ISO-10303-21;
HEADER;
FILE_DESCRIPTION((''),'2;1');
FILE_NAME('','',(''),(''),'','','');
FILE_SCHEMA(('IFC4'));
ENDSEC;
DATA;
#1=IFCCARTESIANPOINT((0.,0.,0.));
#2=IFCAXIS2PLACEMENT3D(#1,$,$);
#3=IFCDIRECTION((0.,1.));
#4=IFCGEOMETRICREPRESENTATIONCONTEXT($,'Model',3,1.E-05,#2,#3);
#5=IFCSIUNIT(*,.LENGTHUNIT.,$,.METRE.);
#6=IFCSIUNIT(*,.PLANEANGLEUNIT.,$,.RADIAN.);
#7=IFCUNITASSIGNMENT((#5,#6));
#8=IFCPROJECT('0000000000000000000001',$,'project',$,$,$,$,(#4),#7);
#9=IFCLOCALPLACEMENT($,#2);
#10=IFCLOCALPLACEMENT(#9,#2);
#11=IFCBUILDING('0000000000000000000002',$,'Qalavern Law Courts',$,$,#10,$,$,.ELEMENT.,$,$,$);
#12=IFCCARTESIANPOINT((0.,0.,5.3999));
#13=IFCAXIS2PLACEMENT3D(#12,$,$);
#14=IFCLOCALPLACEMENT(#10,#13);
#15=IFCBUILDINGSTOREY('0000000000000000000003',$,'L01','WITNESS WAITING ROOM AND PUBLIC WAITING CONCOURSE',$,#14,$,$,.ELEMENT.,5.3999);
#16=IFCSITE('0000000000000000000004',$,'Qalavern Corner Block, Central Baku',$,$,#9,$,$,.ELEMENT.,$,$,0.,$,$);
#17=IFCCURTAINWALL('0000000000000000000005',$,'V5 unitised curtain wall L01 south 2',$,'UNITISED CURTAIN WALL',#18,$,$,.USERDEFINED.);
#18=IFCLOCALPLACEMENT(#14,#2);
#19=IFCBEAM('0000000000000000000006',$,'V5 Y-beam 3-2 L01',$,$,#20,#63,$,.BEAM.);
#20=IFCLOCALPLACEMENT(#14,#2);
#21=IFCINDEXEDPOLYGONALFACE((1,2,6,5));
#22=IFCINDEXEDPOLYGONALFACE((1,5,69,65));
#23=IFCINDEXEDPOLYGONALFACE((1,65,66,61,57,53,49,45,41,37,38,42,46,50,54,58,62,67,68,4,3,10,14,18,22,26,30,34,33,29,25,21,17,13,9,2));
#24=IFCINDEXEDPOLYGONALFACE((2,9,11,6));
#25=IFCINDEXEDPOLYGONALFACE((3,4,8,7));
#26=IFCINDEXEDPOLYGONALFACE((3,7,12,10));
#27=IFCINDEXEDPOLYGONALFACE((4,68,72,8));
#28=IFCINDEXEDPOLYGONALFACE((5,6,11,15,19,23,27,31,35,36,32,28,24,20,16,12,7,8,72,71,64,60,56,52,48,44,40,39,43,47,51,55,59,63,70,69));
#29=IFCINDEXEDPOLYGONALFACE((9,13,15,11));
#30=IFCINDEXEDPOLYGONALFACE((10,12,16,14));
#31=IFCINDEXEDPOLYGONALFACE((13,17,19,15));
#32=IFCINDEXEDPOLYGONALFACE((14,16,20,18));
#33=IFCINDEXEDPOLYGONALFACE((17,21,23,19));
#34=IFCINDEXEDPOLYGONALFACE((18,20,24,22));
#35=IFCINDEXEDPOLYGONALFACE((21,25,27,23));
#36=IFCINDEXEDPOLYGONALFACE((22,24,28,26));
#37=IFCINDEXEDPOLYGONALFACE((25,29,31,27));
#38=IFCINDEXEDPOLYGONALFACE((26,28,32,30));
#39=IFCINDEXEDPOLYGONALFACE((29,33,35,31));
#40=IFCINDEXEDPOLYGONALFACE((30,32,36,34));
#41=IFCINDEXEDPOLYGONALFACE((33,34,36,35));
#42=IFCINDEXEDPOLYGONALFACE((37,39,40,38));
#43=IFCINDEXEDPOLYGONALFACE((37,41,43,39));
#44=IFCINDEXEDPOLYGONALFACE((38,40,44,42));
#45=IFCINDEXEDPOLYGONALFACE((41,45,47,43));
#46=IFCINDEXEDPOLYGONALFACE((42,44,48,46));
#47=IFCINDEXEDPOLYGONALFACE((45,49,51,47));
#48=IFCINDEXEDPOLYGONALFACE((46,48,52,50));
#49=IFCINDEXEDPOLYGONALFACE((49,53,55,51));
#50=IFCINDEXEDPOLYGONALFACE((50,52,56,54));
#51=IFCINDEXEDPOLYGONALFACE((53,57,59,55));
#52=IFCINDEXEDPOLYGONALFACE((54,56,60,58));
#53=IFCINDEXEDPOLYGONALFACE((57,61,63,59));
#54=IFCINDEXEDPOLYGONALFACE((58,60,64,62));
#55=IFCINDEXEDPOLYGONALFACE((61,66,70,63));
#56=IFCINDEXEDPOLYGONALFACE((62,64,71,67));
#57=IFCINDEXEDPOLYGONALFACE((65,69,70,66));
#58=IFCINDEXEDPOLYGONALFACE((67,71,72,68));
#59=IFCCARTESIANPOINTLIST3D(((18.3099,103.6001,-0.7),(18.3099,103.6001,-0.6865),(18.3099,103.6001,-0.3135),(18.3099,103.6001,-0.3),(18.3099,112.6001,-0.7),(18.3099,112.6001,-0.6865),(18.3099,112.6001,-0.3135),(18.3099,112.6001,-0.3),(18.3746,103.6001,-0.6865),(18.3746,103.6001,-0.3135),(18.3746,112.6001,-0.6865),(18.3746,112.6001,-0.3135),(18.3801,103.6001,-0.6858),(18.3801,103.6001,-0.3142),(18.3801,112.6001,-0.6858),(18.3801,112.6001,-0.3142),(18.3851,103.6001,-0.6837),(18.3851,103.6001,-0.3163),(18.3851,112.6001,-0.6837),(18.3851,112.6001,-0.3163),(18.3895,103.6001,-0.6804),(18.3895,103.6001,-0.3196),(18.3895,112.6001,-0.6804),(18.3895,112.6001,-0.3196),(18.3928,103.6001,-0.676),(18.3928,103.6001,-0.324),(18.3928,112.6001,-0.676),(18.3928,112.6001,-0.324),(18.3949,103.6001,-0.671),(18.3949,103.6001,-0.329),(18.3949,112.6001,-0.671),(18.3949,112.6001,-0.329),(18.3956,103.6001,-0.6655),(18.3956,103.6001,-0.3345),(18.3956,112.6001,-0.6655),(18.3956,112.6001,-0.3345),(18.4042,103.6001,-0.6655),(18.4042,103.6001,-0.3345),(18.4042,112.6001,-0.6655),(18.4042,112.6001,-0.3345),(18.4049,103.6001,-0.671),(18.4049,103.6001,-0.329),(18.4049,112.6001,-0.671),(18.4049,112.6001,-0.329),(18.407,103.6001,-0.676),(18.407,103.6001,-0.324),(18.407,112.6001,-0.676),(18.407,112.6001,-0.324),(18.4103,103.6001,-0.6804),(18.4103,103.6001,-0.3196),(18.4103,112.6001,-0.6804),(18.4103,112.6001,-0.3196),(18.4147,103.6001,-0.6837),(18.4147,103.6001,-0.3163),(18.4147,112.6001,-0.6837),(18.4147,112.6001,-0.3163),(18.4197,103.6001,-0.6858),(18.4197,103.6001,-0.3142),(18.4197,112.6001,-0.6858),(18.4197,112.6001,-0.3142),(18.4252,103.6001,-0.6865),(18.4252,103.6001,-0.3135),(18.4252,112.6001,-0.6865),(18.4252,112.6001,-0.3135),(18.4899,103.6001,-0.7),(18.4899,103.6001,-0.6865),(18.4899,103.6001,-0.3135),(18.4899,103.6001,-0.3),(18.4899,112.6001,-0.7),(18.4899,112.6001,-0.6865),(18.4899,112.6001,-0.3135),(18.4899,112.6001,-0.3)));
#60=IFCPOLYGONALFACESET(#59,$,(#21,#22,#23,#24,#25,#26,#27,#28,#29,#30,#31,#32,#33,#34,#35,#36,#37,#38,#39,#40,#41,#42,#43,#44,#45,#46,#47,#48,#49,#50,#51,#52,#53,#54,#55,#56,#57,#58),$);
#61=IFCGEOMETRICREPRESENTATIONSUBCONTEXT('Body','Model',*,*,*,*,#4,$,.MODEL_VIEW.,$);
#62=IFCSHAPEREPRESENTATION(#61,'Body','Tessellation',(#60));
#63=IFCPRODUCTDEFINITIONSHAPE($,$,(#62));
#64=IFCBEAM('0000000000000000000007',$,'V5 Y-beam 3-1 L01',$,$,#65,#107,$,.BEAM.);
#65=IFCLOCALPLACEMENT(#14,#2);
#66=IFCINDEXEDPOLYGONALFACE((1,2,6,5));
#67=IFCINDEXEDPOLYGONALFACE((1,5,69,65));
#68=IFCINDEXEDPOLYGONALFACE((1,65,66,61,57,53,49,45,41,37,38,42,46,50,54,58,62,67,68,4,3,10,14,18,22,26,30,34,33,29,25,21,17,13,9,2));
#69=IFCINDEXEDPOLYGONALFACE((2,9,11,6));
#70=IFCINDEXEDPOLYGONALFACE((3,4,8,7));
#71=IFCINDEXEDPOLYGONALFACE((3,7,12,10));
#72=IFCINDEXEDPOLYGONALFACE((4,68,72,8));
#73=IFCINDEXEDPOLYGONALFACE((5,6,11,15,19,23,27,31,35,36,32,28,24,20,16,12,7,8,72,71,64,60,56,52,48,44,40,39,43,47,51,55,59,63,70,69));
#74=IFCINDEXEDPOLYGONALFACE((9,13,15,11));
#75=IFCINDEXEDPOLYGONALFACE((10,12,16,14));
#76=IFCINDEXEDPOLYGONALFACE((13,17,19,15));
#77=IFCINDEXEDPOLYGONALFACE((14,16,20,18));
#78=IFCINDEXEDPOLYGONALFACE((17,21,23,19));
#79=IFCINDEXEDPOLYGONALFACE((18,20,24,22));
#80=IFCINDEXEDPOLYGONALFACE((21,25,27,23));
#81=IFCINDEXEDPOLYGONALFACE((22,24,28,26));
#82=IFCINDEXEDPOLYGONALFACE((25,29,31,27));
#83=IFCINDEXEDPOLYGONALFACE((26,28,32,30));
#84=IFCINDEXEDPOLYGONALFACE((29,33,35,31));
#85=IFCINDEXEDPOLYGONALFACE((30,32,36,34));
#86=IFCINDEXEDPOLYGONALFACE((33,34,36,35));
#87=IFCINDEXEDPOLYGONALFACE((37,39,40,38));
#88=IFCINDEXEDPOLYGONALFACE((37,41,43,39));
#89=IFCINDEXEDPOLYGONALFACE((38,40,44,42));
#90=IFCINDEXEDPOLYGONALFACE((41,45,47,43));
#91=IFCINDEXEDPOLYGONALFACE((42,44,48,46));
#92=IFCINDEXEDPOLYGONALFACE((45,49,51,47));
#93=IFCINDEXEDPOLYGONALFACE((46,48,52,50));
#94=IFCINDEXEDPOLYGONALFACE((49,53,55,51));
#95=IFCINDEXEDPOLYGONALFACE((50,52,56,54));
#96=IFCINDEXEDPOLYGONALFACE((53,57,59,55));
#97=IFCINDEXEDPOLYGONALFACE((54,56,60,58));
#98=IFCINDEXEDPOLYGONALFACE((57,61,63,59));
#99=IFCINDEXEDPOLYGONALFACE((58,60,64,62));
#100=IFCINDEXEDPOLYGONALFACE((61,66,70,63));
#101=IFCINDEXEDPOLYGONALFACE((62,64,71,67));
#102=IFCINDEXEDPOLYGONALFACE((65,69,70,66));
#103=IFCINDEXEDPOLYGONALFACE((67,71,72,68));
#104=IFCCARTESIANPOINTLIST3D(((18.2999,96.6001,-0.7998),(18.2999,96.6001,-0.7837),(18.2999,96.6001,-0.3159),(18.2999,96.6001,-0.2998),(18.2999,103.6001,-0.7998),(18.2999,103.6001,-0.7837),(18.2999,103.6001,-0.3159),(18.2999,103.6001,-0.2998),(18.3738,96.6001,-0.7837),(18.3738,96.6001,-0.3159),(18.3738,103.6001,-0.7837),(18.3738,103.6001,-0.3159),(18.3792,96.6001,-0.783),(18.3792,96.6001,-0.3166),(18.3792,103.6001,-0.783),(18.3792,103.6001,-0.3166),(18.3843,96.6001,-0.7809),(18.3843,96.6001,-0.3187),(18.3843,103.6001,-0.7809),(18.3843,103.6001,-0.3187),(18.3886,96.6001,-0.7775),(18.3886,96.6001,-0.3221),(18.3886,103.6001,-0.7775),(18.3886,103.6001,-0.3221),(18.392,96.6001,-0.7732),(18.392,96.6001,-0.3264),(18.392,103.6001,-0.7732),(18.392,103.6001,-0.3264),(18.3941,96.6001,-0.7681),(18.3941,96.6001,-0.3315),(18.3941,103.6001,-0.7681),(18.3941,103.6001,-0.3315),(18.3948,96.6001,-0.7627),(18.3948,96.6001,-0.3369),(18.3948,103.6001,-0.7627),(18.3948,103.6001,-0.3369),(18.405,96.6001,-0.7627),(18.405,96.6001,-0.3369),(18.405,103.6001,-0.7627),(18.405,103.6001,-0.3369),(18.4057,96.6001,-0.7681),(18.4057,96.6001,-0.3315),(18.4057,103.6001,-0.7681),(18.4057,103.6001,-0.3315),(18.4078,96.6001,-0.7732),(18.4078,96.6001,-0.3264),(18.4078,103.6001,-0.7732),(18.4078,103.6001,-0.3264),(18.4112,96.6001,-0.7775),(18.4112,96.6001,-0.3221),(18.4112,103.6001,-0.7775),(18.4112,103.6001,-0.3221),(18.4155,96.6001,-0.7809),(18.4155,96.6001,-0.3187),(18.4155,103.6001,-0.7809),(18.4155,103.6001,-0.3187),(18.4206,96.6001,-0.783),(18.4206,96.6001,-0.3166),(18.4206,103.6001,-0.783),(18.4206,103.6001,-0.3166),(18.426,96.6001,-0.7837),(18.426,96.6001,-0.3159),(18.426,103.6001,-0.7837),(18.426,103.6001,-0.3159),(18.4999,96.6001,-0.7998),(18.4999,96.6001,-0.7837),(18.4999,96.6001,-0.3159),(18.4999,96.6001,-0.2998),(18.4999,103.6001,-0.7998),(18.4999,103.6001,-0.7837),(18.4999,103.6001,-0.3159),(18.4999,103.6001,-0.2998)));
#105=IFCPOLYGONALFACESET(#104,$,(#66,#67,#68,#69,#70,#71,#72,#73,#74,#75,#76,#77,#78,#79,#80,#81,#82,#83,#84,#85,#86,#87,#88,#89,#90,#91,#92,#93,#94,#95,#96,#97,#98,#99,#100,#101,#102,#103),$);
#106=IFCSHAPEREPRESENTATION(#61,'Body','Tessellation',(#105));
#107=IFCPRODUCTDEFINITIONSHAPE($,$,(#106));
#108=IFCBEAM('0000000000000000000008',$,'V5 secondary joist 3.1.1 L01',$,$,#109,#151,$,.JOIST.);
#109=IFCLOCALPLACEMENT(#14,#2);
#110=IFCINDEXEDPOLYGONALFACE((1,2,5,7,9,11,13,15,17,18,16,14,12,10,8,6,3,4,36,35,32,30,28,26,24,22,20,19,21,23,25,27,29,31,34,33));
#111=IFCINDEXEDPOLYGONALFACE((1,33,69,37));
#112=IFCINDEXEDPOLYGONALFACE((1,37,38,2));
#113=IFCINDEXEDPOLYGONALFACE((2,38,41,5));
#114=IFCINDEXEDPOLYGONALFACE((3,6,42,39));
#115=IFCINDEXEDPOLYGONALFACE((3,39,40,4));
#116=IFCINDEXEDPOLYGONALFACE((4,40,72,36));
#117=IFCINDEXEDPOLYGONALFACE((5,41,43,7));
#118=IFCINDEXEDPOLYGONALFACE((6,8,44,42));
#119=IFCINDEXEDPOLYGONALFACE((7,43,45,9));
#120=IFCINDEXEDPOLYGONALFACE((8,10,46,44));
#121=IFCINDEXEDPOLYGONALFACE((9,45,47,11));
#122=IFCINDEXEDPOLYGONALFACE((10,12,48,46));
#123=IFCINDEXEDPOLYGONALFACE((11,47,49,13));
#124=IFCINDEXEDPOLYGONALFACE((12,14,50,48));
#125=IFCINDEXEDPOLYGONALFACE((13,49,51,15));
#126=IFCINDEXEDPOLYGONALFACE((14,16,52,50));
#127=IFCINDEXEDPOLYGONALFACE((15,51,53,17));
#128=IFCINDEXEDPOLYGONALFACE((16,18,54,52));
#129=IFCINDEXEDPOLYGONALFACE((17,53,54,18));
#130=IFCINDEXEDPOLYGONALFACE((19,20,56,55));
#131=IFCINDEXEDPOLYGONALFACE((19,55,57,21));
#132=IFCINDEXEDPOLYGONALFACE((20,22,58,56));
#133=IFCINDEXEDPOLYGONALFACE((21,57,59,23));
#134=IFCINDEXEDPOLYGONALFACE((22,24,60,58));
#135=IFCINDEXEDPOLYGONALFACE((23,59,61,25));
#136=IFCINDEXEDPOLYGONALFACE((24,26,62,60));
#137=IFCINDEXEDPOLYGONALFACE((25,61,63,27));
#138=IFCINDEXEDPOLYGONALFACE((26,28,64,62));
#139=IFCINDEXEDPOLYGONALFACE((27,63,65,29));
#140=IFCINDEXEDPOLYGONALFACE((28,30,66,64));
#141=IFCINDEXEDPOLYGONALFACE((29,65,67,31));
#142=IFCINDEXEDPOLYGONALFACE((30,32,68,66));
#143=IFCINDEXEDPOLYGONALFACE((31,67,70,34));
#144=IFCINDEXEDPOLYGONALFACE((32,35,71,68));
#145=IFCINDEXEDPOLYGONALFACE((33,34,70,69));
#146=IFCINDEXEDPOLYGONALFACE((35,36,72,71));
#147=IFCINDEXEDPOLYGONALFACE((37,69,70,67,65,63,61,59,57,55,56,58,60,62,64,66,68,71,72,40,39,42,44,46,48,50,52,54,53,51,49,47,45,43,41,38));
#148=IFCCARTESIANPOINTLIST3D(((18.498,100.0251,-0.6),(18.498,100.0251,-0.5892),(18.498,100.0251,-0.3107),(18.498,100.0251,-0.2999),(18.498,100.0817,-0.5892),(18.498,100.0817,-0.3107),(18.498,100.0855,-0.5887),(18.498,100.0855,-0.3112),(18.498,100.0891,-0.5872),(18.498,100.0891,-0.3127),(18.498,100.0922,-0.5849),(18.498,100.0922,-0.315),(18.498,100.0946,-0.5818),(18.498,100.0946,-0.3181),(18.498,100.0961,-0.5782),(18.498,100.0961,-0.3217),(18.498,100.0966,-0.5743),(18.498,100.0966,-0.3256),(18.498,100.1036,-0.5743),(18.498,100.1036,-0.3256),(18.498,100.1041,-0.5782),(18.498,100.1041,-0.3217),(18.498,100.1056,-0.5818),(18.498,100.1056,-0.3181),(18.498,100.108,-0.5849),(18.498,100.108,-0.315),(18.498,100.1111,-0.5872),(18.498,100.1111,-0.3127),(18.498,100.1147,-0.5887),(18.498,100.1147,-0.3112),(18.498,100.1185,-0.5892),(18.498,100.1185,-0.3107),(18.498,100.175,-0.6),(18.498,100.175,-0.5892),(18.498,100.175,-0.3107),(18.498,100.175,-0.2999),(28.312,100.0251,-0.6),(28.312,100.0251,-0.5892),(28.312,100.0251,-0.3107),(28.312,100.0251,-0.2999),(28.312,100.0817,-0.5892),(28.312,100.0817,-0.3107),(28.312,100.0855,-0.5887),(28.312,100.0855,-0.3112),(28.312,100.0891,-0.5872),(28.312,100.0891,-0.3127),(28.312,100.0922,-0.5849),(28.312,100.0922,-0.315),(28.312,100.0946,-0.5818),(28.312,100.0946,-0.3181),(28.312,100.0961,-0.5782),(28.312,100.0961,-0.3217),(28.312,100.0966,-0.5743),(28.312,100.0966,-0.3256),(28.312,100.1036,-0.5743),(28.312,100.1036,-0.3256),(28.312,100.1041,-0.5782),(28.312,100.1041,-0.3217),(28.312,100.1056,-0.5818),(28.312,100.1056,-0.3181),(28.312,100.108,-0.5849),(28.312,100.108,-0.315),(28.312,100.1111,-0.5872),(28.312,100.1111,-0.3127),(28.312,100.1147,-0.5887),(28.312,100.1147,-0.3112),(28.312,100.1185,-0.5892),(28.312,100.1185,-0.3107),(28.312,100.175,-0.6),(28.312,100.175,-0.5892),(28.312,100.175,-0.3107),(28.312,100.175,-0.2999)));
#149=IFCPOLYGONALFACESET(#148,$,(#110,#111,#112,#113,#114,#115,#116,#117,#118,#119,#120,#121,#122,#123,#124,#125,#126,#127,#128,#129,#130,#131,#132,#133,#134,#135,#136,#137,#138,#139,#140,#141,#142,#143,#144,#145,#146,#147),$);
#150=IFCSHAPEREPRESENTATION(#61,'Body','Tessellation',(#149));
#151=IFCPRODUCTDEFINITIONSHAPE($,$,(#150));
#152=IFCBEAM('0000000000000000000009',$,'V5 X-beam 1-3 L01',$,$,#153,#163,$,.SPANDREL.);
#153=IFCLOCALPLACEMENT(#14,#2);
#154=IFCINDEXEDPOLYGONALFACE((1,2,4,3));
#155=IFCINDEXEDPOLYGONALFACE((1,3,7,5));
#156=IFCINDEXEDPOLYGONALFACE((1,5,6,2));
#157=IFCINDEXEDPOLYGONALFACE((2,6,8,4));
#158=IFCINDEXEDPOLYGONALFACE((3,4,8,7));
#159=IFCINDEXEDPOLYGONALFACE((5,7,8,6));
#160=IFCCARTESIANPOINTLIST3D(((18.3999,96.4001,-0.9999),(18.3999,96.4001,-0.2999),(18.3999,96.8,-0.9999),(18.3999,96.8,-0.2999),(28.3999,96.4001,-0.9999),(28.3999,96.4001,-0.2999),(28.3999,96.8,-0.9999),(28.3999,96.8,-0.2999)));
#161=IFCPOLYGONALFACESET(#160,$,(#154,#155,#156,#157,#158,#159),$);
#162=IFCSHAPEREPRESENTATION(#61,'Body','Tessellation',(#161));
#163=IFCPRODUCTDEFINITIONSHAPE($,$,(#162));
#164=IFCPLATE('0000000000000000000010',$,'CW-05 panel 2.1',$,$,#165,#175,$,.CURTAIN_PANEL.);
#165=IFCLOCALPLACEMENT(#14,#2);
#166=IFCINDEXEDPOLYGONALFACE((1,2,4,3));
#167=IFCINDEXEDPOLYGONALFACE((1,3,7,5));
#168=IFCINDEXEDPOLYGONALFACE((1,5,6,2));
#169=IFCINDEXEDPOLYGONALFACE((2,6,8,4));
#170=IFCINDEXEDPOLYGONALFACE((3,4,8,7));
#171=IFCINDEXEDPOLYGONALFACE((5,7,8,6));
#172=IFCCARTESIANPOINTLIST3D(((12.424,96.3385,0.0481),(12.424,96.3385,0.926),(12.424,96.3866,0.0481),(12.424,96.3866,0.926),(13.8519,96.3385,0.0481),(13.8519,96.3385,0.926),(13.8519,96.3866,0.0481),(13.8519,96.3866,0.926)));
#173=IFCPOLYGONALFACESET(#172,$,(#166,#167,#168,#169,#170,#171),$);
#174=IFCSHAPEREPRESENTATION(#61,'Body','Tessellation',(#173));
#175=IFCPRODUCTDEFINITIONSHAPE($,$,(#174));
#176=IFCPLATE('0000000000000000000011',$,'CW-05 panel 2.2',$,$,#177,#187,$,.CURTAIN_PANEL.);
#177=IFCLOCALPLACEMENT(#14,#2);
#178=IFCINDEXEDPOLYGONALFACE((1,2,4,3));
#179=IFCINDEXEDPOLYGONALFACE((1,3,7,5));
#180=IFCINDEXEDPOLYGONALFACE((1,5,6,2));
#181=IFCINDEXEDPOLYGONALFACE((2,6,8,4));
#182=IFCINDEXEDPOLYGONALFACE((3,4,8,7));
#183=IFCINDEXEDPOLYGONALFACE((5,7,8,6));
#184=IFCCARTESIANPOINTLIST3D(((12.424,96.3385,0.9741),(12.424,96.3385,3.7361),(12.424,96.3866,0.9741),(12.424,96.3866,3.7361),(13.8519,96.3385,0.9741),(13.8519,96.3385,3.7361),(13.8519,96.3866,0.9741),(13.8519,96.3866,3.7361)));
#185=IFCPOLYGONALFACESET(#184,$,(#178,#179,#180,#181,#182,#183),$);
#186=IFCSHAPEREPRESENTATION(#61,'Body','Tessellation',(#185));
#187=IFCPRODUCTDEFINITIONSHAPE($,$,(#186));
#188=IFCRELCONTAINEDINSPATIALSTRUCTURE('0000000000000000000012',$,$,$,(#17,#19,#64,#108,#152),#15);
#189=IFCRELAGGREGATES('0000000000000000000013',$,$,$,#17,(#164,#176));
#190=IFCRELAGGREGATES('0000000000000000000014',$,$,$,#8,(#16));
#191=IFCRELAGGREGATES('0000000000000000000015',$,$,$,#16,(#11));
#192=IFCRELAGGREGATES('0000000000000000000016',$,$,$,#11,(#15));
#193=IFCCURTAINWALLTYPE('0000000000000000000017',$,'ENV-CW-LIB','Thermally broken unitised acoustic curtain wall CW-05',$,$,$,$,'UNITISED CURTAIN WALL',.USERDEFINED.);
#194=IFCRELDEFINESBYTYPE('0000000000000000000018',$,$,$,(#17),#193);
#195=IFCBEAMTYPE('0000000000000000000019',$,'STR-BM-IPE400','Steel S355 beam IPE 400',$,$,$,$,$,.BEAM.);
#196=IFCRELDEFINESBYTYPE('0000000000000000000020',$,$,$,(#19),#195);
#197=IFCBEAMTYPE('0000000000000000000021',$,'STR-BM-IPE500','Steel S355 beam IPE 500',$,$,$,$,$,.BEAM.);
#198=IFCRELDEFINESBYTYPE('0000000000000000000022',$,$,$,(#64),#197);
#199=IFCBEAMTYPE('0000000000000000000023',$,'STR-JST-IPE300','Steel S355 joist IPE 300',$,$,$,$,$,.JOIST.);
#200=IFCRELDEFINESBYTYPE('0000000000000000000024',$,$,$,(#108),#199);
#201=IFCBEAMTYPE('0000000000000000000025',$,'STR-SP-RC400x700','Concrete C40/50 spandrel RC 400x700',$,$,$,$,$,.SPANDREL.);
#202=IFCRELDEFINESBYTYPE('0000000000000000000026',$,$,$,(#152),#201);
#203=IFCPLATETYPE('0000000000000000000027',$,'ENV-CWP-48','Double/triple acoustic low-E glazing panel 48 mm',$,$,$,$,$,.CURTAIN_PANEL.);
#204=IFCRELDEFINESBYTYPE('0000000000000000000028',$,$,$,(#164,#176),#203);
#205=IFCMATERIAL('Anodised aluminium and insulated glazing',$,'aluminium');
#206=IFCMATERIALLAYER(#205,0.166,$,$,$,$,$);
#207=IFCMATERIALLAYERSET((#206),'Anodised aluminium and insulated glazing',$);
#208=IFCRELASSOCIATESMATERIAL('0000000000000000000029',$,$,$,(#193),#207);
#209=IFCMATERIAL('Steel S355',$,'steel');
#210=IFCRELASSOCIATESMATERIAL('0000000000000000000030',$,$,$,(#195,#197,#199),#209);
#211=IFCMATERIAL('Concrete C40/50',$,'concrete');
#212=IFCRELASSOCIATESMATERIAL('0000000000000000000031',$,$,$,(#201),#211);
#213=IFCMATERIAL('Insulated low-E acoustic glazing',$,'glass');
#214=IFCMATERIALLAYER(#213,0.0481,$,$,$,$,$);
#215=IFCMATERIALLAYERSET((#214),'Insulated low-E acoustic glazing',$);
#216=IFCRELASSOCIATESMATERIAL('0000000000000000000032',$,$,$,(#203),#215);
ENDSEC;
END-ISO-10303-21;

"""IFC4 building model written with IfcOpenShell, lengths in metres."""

from ifc_helpers import new_model, si_unit, direction, frame, origin, origin_2d, place, context, subcontext, project, spatial, rectangle, i_section, extrude, material, layer, layer_set, material_profile, profile_set, type_object, element, aggregate, save


model = new_model("IFC4")

# Units and contexts
model_context = context("Model", 3, precision=1e-05, world=origin(), true_north=direction((0.0, 1.0)))
body_context = subcontext(model_context, "Body", "Model", "MODEL_VIEW")
ifc_project = project(units=[si_unit("LENGTHUNIT", "METRE"), si_unit("PLANEANGLEUNIT", "RADIAN")], contexts=[model_context])

# Site, building, storey
site_placement = place(None, origin())
site = spatial("IfcSite", under=ifc_project, at=site_placement, Name="Qalavern Corner Block, Central Baku", CompositionType="ELEMENT", RefElevation=0.0)
building_placement = place(site_placement, origin())
building = spatial("IfcBuilding", under=site, at=building_placement, Name="Qalavern Law Courts", CompositionType="ELEMENT")
storey_placement = place(building_placement, frame((0.0, 0.0, 5.3999)))
storey = spatial("IfcBuildingStorey", under=building, at=storey_placement, Name="L01", Description="WITNESS WAITING ROOM AND PUBLIC WAITING CONCOURSE", CompositionType="ELEMENT", Elevation=5.3999)

# Curtain wall
ifc_material_1 = material(Name="Anodised aluminium and insulated glazing", Category="aluminium")
ifc_layer_1 = layer(ifc_material_1, 0.166)
ifc_layer_set_1 = layer_set([ifc_layer_1], Name="Anodised aluminium and insulated glazing")
curtain_wall_type = type_object("IfcCurtainWallType", Name="ENV-CW-LIB", Description="Thermally broken unitised acoustic curtain wall CW-05", ElementType="UNITISED CURTAIN WALL", PredefinedType="USERDEFINED", material=ifc_layer_set_1)
curtain_wall_placement = place(storey_placement, origin())
curtain_wall = element("IfcCurtainWall", 1, at=curtain_wall_placement, inside=storey, type_object=curtain_wall_type, Name="V5 unitised curtain wall L01 south 2", ObjectType="UNITISED CURTAIN WALL", PredefinedType="USERDEFINED")

# Beams
ifc_material_2 = material(Name="Steel S355", Category="steel")
ifc_material_profile_1 = material_profile(ifc_material_2, i_section(OverallWidth=0.1799, OverallDepth=0.3999, WebThickness=0.0085, FlangeThickness=0.0134, FilletRadius=0.021, at=origin_2d()), Name="IPE 400")
ifc_profile_set_1 = profile_set([ifc_material_profile_1], Name="Steel S355")
beam_type_1 = type_object("IfcBeamType", Name="STR-BM-IPE400", Description="Steel S355 beam IPE 400", PredefinedType="BEAM", material=ifc_profile_set_1)
beam_1_placement = place(storey_placement, frame((18.3999, 103.6001, -0.5), z_axis=(0.0, 1.0, 0.0), x_axis=(-1.0, 0.0, 0.0)))
element("IfcBeam", 2, at=beam_1_placement, inside=storey, type_object=beam_type_1, Name="V5 Y-beam 3-2 L01", PredefinedType="BEAM", context=body_context, shape_type="SweptSolid", body=[
    extrude(i_section(OverallWidth=0.1799, OverallDepth=0.3999, WebThickness=0.0085, FlangeThickness=0.0134, FilletRadius=0.021, at=origin_2d()), origin(), (0.0, 0.0, 1.0), 9.0),
])
ifc_material_profile_2 = material_profile(ifc_material_2, i_section(OverallWidth=0.2, OverallDepth=0.5, WebThickness=0.0103, FlangeThickness=0.0161, FilletRadius=0.021, at=origin_2d()), Name="IPE 500")
ifc_profile_set_2 = profile_set([ifc_material_profile_2], Name="Steel S355")
beam_type_2 = type_object("IfcBeamType", Name="STR-BM-IPE500", Description="Steel S355 beam IPE 500", PredefinedType="BEAM", material=ifc_profile_set_2)
beam_2_placement = place(storey_placement, frame((18.3999, 96.6001, -0.5498), z_axis=(0.0, 1.0, 0.0), x_axis=(-1.0, 0.0, 0.0)))
element("IfcBeam", 3, at=beam_2_placement, inside=storey, type_object=beam_type_2, Name="V5 Y-beam 3-1 L01", PredefinedType="BEAM", context=body_context, shape_type="SweptSolid", body=[
    extrude(i_section(OverallWidth=0.2, OverallDepth=0.5, WebThickness=0.0103, FlangeThickness=0.0161, FilletRadius=0.021, at=origin_2d()), origin(), (0.0, 0.0, 1.0), 7.0),
])
ifc_material_profile_3 = material_profile(ifc_material_2, i_section(OverallWidth=0.1499, OverallDepth=0.3, WebThickness=0.0071, FlangeThickness=0.0107, FilletRadius=0.0149, at=origin_2d()), Name="IPE 300")
ifc_profile_set_3 = profile_set([ifc_material_profile_3], Name="Steel S355")
beam_type_3 = type_object("IfcBeamType", Name="STR-JST-IPE300", Description="Steel S355 joist IPE 300", PredefinedType="JOIST", material=ifc_profile_set_3)
beam_3_placement = place(storey_placement, frame((18.498, 100.1001, -0.45), z_axis=(1.0, 0.0, 0.0), x_axis=(0.0, 1.0, 0.0)))
element("IfcBeam", 4, at=beam_3_placement, inside=storey, type_object=beam_type_3, Name="V5 secondary joist 3.1.1 L01", PredefinedType="JOIST", context=body_context, shape_type="SweptSolid", body=[
    extrude(i_section(OverallWidth=0.1499, OverallDepth=0.3, WebThickness=0.0071, FlangeThickness=0.0107, FilletRadius=0.0149, at=origin_2d()), origin(), (0.0, 0.0, 1.0), 9.814),
])
ifc_material_3 = material(Name="Concrete C40/50", Category="concrete")
ifc_material_profile_4 = material_profile(ifc_material_3, rectangle(XDim=0.3999, YDim=0.7, at=origin_2d()), Name="RC 400x700")
ifc_profile_set_4 = profile_set([ifc_material_profile_4], Name="Concrete C40/50")
beam_type_4 = type_object("IfcBeamType", Name="STR-SP-RC400x700", Description="Concrete C40/50 spandrel RC 400x700", PredefinedType="SPANDREL", material=ifc_profile_set_4)
beam_4_placement = place(storey_placement, frame((18.3999, 96.6001, -0.6499), z_axis=(1.0, 0.0, 0.0), x_axis=(0.0, 1.0, 0.0)))
element("IfcBeam", 5, at=beam_4_placement, inside=storey, type_object=beam_type_4, Name="V5 X-beam 1-3 L01", PredefinedType="SPANDREL", context=body_context, shape_type="SweptSolid", body=[
    extrude(rectangle(XDim=0.3999, YDim=0.7, at=origin_2d()), origin(), (0.0, 0.0, 1.0), 10.0),
])

# Plates
ifc_material_4 = material(Name="Insulated low-E acoustic glazing", Category="glass")
ifc_layer_2 = layer(ifc_material_4, 0.0481)
ifc_layer_set_2 = layer_set([ifc_layer_2], Name="Insulated low-E acoustic glazing")
plate_type = type_object("IfcPlateType", Name="ENV-CWP-48", Description="Double/triple acoustic low-E glazing panel 48 mm", PredefinedType="CURTAIN_PANEL", material=ifc_layer_set_2)
plate_1_placement = place(storey_placement, frame((13.1379, 96.3625, 0.0481), z_axis=(0.0, 0.0, 1.0), x_axis=(1.0, 0.0, 0.0)))
plate_1 = element("IfcPlate", 6, at=plate_1_placement, type_object=plate_type, Name="CW-05 panel 2.1", PredefinedType="CURTAIN_PANEL", context=body_context, shape_type="SweptSolid", body=[
    extrude(rectangle(XDim=1.428, YDim=0.0481, at=origin_2d()), origin(), (0.0, 0.0, 1.0), 0.8779),
])
plate_2_placement = place(storey_placement, frame((13.1379, 96.3625, 0.9741), z_axis=(0.0, 0.0, 1.0), x_axis=(1.0, 0.0, 0.0)))
plate_2 = element("IfcPlate", 7, at=plate_2_placement, type_object=plate_type, Name="CW-05 panel 2.2", PredefinedType="CURTAIN_PANEL", context=body_context, shape_type="SweptSolid", body=[
    extrude(rectangle(XDim=1.428, YDim=0.0481, at=origin_2d()), origin(), (0.0, 0.0, 1.0), 2.762),
])
aggregate(curtain_wall, [plate_1, plate_2])

save(model, "model.ifc")
